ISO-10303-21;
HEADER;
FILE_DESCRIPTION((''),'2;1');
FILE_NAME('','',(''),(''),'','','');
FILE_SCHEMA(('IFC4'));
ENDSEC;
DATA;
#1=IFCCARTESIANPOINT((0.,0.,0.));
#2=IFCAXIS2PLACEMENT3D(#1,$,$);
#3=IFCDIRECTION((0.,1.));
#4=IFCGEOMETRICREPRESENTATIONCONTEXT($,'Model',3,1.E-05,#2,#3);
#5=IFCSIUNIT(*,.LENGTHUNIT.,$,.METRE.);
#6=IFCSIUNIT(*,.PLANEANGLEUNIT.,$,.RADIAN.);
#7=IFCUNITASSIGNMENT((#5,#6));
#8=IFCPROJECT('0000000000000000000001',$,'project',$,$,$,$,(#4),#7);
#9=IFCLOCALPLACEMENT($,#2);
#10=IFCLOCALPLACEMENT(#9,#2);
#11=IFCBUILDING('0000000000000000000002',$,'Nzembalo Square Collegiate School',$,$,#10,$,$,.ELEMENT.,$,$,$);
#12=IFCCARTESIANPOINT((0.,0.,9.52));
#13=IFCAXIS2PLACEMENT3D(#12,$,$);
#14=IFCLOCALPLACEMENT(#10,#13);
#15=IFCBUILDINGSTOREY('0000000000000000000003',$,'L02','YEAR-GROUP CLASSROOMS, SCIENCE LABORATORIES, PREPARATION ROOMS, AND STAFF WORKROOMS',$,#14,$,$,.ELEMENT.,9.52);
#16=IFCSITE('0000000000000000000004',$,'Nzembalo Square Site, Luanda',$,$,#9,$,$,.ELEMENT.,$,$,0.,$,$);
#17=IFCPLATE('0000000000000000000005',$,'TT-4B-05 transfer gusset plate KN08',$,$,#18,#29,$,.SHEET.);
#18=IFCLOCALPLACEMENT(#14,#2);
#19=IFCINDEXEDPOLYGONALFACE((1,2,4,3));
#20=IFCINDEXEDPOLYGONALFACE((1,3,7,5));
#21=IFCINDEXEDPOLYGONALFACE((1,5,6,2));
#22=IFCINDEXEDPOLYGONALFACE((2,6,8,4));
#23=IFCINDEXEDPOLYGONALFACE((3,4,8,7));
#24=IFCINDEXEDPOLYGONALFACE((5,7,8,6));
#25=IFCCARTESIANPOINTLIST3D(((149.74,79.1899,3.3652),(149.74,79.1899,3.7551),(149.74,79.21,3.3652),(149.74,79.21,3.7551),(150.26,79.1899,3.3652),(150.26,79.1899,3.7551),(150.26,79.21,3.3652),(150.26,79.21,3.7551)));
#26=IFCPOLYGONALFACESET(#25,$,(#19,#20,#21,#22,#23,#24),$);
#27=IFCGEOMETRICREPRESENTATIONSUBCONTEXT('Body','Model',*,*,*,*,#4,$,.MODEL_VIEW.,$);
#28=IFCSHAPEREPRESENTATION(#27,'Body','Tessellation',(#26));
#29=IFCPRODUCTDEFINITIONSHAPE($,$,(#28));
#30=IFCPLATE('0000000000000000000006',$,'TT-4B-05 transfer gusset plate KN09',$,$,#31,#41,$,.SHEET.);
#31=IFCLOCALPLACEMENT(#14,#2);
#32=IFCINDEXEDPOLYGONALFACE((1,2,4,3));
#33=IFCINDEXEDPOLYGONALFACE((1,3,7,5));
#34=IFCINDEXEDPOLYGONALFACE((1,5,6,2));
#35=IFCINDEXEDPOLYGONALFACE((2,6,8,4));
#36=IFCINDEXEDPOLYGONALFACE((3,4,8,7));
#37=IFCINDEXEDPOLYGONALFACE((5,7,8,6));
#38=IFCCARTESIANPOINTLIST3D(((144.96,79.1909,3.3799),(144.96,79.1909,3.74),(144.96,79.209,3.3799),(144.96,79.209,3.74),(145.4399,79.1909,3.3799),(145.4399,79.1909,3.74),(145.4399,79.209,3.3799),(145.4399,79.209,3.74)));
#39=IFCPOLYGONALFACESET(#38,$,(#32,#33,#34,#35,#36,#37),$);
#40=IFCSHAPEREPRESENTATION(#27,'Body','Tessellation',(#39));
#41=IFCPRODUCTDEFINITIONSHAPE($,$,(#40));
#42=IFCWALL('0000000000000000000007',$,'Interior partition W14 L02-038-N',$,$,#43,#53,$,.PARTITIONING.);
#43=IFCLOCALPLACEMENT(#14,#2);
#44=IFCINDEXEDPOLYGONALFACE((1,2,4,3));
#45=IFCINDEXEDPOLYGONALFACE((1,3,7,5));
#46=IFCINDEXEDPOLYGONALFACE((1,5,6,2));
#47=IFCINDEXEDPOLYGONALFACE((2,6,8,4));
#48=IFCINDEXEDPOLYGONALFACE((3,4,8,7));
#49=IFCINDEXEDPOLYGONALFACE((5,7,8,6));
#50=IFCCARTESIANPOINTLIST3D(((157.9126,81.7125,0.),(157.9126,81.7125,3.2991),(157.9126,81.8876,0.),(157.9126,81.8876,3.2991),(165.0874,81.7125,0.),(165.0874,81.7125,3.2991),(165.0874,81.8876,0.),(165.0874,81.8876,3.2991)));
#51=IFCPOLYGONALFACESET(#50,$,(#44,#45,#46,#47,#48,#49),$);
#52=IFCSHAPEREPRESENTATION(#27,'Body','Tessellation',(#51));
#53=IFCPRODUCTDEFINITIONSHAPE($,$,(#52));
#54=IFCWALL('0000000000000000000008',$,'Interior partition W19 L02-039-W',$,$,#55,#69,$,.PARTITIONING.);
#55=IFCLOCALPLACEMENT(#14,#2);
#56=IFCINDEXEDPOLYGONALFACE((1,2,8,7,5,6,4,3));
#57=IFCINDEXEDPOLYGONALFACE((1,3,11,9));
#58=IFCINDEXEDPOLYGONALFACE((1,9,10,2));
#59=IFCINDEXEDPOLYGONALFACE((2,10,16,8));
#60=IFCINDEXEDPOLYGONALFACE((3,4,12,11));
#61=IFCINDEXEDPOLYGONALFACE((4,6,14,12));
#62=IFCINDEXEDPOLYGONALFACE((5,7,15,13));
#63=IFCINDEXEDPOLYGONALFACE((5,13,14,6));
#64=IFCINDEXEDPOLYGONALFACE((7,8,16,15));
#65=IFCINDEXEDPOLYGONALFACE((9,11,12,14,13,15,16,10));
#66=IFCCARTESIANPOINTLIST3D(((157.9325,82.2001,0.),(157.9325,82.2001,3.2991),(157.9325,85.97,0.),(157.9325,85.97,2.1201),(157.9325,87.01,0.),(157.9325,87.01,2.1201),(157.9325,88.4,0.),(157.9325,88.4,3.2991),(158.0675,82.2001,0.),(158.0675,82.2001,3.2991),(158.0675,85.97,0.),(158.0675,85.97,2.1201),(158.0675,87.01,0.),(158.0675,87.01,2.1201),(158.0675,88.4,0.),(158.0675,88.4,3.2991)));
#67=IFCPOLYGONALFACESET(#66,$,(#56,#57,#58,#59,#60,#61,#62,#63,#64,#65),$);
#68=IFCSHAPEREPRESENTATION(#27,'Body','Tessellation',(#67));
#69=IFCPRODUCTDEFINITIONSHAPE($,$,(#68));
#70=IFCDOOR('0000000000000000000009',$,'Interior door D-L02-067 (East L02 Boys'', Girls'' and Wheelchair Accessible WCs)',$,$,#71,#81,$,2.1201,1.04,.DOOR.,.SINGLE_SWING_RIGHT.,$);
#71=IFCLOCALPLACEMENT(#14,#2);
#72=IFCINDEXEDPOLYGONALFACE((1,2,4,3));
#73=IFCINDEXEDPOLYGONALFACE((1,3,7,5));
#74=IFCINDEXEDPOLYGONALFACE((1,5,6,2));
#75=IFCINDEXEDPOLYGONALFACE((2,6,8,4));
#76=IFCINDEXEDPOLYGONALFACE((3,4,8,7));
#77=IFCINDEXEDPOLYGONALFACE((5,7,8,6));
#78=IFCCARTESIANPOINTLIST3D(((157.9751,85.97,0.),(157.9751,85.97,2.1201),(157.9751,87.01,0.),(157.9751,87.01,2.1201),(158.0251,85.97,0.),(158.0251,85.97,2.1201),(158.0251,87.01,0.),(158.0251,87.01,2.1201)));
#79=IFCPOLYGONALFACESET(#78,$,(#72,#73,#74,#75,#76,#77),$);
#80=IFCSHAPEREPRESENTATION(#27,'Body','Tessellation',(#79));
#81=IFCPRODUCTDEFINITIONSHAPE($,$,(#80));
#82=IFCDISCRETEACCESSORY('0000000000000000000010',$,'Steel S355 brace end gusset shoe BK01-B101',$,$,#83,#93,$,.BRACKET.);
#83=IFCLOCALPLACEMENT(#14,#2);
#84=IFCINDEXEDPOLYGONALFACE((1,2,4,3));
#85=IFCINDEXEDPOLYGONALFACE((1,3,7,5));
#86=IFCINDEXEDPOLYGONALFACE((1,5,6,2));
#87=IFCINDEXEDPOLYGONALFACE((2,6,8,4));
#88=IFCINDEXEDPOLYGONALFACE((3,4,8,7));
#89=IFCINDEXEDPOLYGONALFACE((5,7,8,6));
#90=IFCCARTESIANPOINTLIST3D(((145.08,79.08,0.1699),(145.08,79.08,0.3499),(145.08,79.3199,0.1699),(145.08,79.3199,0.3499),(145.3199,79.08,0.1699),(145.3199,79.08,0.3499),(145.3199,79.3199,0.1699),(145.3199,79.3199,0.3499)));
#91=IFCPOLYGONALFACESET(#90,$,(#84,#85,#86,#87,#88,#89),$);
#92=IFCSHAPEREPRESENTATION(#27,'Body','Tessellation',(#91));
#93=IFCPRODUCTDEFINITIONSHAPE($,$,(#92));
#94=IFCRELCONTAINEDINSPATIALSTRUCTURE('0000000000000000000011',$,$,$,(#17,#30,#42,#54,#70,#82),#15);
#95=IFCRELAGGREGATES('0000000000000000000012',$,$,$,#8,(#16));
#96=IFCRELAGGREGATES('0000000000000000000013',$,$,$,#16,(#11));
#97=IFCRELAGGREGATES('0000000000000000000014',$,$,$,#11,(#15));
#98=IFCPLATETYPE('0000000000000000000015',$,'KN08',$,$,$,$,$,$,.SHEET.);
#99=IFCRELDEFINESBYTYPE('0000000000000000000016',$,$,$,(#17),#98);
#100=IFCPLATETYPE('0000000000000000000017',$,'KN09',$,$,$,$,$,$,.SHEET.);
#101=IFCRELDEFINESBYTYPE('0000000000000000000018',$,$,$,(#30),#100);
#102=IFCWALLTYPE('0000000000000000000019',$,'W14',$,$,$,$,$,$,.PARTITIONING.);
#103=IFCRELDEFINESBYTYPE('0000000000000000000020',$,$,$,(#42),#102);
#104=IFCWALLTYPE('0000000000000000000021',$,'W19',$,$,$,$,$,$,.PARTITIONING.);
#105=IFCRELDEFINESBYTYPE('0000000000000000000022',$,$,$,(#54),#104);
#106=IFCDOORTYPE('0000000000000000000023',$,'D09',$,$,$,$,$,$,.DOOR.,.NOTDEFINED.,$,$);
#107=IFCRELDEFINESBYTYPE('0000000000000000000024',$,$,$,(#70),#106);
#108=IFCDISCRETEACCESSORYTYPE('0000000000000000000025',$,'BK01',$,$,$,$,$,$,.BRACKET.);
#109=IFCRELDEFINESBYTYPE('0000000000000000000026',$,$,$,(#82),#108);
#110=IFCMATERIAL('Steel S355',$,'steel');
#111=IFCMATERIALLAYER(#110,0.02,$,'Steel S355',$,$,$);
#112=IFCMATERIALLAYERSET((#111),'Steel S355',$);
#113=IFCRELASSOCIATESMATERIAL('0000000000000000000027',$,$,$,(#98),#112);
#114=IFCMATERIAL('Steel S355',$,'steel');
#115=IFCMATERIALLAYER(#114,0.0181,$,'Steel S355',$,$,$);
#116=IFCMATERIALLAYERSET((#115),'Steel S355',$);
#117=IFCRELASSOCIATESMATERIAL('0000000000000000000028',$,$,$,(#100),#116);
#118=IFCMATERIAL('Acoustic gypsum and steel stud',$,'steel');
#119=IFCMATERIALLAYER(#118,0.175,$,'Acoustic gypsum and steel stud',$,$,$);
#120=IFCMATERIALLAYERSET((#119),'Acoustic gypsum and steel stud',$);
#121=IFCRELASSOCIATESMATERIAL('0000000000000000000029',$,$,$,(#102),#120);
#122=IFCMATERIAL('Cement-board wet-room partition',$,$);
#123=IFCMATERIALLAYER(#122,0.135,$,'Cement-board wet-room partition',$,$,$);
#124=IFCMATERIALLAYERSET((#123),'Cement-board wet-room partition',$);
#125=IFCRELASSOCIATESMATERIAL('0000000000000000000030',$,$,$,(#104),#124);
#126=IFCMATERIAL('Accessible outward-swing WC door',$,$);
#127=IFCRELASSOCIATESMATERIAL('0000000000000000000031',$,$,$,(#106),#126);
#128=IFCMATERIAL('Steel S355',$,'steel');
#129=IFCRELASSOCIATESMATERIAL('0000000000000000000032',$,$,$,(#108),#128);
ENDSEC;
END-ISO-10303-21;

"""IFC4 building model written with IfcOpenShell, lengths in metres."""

from ifc_helpers import new_model, si_unit, direction, frame, frame_2d, origin, origin_2d, place, context, subcontext, project, spatial, rectangle, extrude, material, layer, layer_set, type_object, element, fill, save


model = new_model("IFC4")

# Units and contexts
model_context = context("Model", 3, precision=1e-05, world=origin(), true_north=direction((0.0, 1.0)))
body_context = subcontext(model_context, "Body", "Model", "MODEL_VIEW")
ifc_project = project(units=[si_unit("LENGTHUNIT", "METRE"), si_unit("PLANEANGLEUNIT", "RADIAN")], contexts=[model_context])

# Site, building, storey
site_placement = place(None, origin())
site = spatial("IfcSite", under=ifc_project, at=site_placement, Name="Nzembalo Square Site, Luanda", CompositionType="ELEMENT", RefElevation=0.0)
building_placement = place(site_placement, origin())
building = spatial("IfcBuilding", under=site, at=building_placement, Name="Nzembalo Square Collegiate School", CompositionType="ELEMENT")
storey_placement = place(building_placement, frame((0.0, 0.0, 9.52)))
storey = spatial("IfcBuildingStorey", under=building, at=storey_placement, Name="L02", Description="YEAR-GROUP CLASSROOMS, SCIENCE LABORATORIES, PREPARATION ROOMS, AND STAFF WORKROOMS", CompositionType="ELEMENT", Elevation=9.52)

# Plates
ifc_material_1 = material(Name="Steel S355", Category="steel")
ifc_layer_1 = layer(ifc_material_1, 0.02, Name="Steel S355")
ifc_layer_set_1 = layer_set([ifc_layer_1], Name="Steel S355")
plate_type_1 = type_object("IfcPlateType", Name="KN08", PredefinedType="SHEET", material=ifc_layer_set_1)
plate_1_placement = place(storey_placement, frame((150.0, 79.2, 3.3652), z_axis=(0.0, 0.0, 1.0), x_axis=(1.0, 0.0, 0.0)))
element("IfcPlate", 1, at=plate_1_placement, inside=storey, type_object=plate_type_1, Name="TT-4B-05 transfer gusset plate KN08", PredefinedType="SHEET", context=body_context, shape_type="SweptSolid", body=[
    extrude(rectangle(XDim=0.52, YDim=0.02, at=origin_2d()), origin(), (0.0, 0.0, 1.0), 0.3899),
])
ifc_material_2 = material(Name="Steel S355", Category="steel")
ifc_layer_2 = layer(ifc_material_2, 0.0181, Name="Steel S355")
ifc_layer_set_2 = layer_set([ifc_layer_2], Name="Steel S355")
plate_type_2 = type_object("IfcPlateType", Name="KN09", PredefinedType="SHEET", material=ifc_layer_set_2)
plate_2_placement = place(storey_placement, frame((145.2, 79.2, 3.3799), z_axis=(0.0, 0.0, 1.0), x_axis=(1.0, 0.0, 0.0)))
element("IfcPlate", 2, at=plate_2_placement, inside=storey, type_object=plate_type_2, Name="TT-4B-05 transfer gusset plate KN09", PredefinedType="SHEET", context=body_context, shape_type="SweptSolid", body=[
    extrude(rectangle(XDim=0.48, YDim=0.0181, at=origin_2d()), origin(), (0.0, 0.0, 1.0), 0.3601),
])

# Wall
ifc_material_3 = material(Name="Acoustic gypsum and steel stud", Category="steel")
ifc_layer_3 = layer(ifc_material_3, 0.175, Name="Acoustic gypsum and steel stud")
ifc_layer_set_3 = layer_set([ifc_layer_3], Name="Acoustic gypsum and steel stud")
wall_type_1 = type_object("IfcWallType", Name="W14", PredefinedType="PARTITIONING", material=ifc_layer_set_3)
wall_1_placement = place(storey_placement, frame((157.9126, 81.8, 0.0), z_axis=(0.0, 0.0, 1.0), x_axis=(1.0, 0.0, 0.0)))
element("IfcWall", 3, at=wall_1_placement, inside=storey, type_object=wall_type_1, Name="Interior partition W14 L02-038-N", PredefinedType="PARTITIONING", context=body_context, shape_type="SweptSolid", body=[
    extrude(rectangle(XDim=7.1748, YDim=0.175, at=frame_2d((3.5874, 0.0))), origin(), (0.0, 0.0, 1.0), 3.2991),
])

# Wall, opening, door
ifc_material_4 = material(Name="Cement-board wet-room partition")
ifc_layer_4 = layer(ifc_material_4, 0.135, Name="Cement-board wet-room partition")
ifc_layer_set_4 = layer_set([ifc_layer_4], Name="Cement-board wet-room partition")
wall_type_2 = type_object("IfcWallType", Name="W19", PredefinedType="PARTITIONING", material=ifc_layer_set_4)
wall_2_placement = place(storey_placement, frame((158.0, 82.2, 0.0), z_axis=(0.0, 0.0, 1.0), x_axis=(0.0, 1.0, 0.0)))
wall_2 = element("IfcWall", 4, at=wall_2_placement, inside=storey, type_object=wall_type_2, Name="Interior partition W19 L02-039-W", PredefinedType="PARTITIONING", context=body_context, shape_type="SweptSolid", body=[
    extrude(rectangle(XDim=6.2, YDim=0.135, at=frame_2d((3.1001, 0.0))), origin(), (0.0, 0.0, 1.0), 3.2991),
])
opening_placement = place(wall_2_placement, frame((3.77, 0.0, 0.0)))
opening = element("IfcOpeningElement", 5, at=opening_placement, cuts=wall_2, PredefinedType="OPENING", context=body_context, shape_type="SweptSolid", body=[
    extrude(rectangle(XDim=1.04, YDim=2.1201, at=frame_2d((0.52, 1.0601))), frame((0.0, 0.0776, 0.0), z_axis=(0.0, -1.0, 0.0), x_axis=(1.0, 0.0, 0.0)), (0.0, 0.0, 1.0), 0.155),
])
ifc_material_5 = material(Name="Accessible outward-swing WC door")
door_type = type_object("IfcDoorType", Name="D09", OperationType="NOTDEFINED", PredefinedType="DOOR", material=ifc_material_5)
door_placement = place(opening_placement, origin())
door = element("IfcDoor", 6, at=door_placement, inside=storey, type_object=door_type, Name="Interior door D-L02-067 (East L02 Boys', Girls' and Wheelchair Accessible WCs)", OperationType="SINGLE_SWING_RIGHT", OverallHeight=2.1201, OverallWidth=1.04, PredefinedType="DOOR", context=body_context, shape_type="SweptSolid", body=[
    extrude(rectangle(XDim=1.04, YDim=2.1201, at=frame_2d((0.52, 1.0601))), frame((0.0, 0.0249, 0.0), z_axis=(0.0, -1.0, 0.0), x_axis=(1.0, 0.0, 0.0)), (0.0, 0.0, 1.0), 0.05),
])
fill(opening, door)

# Discrete accessory
ifc_material_6 = material(Name="Steel S355", Category="steel")
discrete_accessory_type = type_object("IfcDiscreteAccessoryType", Name="BK01", PredefinedType="BRACKET", material=ifc_material_6)
discrete_accessory_placement = place(storey_placement, frame((145.2, 79.2, 0.1699), z_axis=(0.0, 0.0, 1.0), x_axis=(1.0, 0.0, 0.0)))
element("IfcDiscreteAccessory", 7, at=discrete_accessory_placement, inside=storey, type_object=discrete_accessory_type, Name="Steel S355 brace end gusset shoe BK01-B101", PredefinedType="BRACKET", context=body_context, shape_type="SweptSolid", body=[
    extrude(rectangle(XDim=0.24, YDim=0.24, at=origin_2d()), origin(), (0.0, 0.0, 1.0), 0.1799),
])

save(model, "model.ifc")
